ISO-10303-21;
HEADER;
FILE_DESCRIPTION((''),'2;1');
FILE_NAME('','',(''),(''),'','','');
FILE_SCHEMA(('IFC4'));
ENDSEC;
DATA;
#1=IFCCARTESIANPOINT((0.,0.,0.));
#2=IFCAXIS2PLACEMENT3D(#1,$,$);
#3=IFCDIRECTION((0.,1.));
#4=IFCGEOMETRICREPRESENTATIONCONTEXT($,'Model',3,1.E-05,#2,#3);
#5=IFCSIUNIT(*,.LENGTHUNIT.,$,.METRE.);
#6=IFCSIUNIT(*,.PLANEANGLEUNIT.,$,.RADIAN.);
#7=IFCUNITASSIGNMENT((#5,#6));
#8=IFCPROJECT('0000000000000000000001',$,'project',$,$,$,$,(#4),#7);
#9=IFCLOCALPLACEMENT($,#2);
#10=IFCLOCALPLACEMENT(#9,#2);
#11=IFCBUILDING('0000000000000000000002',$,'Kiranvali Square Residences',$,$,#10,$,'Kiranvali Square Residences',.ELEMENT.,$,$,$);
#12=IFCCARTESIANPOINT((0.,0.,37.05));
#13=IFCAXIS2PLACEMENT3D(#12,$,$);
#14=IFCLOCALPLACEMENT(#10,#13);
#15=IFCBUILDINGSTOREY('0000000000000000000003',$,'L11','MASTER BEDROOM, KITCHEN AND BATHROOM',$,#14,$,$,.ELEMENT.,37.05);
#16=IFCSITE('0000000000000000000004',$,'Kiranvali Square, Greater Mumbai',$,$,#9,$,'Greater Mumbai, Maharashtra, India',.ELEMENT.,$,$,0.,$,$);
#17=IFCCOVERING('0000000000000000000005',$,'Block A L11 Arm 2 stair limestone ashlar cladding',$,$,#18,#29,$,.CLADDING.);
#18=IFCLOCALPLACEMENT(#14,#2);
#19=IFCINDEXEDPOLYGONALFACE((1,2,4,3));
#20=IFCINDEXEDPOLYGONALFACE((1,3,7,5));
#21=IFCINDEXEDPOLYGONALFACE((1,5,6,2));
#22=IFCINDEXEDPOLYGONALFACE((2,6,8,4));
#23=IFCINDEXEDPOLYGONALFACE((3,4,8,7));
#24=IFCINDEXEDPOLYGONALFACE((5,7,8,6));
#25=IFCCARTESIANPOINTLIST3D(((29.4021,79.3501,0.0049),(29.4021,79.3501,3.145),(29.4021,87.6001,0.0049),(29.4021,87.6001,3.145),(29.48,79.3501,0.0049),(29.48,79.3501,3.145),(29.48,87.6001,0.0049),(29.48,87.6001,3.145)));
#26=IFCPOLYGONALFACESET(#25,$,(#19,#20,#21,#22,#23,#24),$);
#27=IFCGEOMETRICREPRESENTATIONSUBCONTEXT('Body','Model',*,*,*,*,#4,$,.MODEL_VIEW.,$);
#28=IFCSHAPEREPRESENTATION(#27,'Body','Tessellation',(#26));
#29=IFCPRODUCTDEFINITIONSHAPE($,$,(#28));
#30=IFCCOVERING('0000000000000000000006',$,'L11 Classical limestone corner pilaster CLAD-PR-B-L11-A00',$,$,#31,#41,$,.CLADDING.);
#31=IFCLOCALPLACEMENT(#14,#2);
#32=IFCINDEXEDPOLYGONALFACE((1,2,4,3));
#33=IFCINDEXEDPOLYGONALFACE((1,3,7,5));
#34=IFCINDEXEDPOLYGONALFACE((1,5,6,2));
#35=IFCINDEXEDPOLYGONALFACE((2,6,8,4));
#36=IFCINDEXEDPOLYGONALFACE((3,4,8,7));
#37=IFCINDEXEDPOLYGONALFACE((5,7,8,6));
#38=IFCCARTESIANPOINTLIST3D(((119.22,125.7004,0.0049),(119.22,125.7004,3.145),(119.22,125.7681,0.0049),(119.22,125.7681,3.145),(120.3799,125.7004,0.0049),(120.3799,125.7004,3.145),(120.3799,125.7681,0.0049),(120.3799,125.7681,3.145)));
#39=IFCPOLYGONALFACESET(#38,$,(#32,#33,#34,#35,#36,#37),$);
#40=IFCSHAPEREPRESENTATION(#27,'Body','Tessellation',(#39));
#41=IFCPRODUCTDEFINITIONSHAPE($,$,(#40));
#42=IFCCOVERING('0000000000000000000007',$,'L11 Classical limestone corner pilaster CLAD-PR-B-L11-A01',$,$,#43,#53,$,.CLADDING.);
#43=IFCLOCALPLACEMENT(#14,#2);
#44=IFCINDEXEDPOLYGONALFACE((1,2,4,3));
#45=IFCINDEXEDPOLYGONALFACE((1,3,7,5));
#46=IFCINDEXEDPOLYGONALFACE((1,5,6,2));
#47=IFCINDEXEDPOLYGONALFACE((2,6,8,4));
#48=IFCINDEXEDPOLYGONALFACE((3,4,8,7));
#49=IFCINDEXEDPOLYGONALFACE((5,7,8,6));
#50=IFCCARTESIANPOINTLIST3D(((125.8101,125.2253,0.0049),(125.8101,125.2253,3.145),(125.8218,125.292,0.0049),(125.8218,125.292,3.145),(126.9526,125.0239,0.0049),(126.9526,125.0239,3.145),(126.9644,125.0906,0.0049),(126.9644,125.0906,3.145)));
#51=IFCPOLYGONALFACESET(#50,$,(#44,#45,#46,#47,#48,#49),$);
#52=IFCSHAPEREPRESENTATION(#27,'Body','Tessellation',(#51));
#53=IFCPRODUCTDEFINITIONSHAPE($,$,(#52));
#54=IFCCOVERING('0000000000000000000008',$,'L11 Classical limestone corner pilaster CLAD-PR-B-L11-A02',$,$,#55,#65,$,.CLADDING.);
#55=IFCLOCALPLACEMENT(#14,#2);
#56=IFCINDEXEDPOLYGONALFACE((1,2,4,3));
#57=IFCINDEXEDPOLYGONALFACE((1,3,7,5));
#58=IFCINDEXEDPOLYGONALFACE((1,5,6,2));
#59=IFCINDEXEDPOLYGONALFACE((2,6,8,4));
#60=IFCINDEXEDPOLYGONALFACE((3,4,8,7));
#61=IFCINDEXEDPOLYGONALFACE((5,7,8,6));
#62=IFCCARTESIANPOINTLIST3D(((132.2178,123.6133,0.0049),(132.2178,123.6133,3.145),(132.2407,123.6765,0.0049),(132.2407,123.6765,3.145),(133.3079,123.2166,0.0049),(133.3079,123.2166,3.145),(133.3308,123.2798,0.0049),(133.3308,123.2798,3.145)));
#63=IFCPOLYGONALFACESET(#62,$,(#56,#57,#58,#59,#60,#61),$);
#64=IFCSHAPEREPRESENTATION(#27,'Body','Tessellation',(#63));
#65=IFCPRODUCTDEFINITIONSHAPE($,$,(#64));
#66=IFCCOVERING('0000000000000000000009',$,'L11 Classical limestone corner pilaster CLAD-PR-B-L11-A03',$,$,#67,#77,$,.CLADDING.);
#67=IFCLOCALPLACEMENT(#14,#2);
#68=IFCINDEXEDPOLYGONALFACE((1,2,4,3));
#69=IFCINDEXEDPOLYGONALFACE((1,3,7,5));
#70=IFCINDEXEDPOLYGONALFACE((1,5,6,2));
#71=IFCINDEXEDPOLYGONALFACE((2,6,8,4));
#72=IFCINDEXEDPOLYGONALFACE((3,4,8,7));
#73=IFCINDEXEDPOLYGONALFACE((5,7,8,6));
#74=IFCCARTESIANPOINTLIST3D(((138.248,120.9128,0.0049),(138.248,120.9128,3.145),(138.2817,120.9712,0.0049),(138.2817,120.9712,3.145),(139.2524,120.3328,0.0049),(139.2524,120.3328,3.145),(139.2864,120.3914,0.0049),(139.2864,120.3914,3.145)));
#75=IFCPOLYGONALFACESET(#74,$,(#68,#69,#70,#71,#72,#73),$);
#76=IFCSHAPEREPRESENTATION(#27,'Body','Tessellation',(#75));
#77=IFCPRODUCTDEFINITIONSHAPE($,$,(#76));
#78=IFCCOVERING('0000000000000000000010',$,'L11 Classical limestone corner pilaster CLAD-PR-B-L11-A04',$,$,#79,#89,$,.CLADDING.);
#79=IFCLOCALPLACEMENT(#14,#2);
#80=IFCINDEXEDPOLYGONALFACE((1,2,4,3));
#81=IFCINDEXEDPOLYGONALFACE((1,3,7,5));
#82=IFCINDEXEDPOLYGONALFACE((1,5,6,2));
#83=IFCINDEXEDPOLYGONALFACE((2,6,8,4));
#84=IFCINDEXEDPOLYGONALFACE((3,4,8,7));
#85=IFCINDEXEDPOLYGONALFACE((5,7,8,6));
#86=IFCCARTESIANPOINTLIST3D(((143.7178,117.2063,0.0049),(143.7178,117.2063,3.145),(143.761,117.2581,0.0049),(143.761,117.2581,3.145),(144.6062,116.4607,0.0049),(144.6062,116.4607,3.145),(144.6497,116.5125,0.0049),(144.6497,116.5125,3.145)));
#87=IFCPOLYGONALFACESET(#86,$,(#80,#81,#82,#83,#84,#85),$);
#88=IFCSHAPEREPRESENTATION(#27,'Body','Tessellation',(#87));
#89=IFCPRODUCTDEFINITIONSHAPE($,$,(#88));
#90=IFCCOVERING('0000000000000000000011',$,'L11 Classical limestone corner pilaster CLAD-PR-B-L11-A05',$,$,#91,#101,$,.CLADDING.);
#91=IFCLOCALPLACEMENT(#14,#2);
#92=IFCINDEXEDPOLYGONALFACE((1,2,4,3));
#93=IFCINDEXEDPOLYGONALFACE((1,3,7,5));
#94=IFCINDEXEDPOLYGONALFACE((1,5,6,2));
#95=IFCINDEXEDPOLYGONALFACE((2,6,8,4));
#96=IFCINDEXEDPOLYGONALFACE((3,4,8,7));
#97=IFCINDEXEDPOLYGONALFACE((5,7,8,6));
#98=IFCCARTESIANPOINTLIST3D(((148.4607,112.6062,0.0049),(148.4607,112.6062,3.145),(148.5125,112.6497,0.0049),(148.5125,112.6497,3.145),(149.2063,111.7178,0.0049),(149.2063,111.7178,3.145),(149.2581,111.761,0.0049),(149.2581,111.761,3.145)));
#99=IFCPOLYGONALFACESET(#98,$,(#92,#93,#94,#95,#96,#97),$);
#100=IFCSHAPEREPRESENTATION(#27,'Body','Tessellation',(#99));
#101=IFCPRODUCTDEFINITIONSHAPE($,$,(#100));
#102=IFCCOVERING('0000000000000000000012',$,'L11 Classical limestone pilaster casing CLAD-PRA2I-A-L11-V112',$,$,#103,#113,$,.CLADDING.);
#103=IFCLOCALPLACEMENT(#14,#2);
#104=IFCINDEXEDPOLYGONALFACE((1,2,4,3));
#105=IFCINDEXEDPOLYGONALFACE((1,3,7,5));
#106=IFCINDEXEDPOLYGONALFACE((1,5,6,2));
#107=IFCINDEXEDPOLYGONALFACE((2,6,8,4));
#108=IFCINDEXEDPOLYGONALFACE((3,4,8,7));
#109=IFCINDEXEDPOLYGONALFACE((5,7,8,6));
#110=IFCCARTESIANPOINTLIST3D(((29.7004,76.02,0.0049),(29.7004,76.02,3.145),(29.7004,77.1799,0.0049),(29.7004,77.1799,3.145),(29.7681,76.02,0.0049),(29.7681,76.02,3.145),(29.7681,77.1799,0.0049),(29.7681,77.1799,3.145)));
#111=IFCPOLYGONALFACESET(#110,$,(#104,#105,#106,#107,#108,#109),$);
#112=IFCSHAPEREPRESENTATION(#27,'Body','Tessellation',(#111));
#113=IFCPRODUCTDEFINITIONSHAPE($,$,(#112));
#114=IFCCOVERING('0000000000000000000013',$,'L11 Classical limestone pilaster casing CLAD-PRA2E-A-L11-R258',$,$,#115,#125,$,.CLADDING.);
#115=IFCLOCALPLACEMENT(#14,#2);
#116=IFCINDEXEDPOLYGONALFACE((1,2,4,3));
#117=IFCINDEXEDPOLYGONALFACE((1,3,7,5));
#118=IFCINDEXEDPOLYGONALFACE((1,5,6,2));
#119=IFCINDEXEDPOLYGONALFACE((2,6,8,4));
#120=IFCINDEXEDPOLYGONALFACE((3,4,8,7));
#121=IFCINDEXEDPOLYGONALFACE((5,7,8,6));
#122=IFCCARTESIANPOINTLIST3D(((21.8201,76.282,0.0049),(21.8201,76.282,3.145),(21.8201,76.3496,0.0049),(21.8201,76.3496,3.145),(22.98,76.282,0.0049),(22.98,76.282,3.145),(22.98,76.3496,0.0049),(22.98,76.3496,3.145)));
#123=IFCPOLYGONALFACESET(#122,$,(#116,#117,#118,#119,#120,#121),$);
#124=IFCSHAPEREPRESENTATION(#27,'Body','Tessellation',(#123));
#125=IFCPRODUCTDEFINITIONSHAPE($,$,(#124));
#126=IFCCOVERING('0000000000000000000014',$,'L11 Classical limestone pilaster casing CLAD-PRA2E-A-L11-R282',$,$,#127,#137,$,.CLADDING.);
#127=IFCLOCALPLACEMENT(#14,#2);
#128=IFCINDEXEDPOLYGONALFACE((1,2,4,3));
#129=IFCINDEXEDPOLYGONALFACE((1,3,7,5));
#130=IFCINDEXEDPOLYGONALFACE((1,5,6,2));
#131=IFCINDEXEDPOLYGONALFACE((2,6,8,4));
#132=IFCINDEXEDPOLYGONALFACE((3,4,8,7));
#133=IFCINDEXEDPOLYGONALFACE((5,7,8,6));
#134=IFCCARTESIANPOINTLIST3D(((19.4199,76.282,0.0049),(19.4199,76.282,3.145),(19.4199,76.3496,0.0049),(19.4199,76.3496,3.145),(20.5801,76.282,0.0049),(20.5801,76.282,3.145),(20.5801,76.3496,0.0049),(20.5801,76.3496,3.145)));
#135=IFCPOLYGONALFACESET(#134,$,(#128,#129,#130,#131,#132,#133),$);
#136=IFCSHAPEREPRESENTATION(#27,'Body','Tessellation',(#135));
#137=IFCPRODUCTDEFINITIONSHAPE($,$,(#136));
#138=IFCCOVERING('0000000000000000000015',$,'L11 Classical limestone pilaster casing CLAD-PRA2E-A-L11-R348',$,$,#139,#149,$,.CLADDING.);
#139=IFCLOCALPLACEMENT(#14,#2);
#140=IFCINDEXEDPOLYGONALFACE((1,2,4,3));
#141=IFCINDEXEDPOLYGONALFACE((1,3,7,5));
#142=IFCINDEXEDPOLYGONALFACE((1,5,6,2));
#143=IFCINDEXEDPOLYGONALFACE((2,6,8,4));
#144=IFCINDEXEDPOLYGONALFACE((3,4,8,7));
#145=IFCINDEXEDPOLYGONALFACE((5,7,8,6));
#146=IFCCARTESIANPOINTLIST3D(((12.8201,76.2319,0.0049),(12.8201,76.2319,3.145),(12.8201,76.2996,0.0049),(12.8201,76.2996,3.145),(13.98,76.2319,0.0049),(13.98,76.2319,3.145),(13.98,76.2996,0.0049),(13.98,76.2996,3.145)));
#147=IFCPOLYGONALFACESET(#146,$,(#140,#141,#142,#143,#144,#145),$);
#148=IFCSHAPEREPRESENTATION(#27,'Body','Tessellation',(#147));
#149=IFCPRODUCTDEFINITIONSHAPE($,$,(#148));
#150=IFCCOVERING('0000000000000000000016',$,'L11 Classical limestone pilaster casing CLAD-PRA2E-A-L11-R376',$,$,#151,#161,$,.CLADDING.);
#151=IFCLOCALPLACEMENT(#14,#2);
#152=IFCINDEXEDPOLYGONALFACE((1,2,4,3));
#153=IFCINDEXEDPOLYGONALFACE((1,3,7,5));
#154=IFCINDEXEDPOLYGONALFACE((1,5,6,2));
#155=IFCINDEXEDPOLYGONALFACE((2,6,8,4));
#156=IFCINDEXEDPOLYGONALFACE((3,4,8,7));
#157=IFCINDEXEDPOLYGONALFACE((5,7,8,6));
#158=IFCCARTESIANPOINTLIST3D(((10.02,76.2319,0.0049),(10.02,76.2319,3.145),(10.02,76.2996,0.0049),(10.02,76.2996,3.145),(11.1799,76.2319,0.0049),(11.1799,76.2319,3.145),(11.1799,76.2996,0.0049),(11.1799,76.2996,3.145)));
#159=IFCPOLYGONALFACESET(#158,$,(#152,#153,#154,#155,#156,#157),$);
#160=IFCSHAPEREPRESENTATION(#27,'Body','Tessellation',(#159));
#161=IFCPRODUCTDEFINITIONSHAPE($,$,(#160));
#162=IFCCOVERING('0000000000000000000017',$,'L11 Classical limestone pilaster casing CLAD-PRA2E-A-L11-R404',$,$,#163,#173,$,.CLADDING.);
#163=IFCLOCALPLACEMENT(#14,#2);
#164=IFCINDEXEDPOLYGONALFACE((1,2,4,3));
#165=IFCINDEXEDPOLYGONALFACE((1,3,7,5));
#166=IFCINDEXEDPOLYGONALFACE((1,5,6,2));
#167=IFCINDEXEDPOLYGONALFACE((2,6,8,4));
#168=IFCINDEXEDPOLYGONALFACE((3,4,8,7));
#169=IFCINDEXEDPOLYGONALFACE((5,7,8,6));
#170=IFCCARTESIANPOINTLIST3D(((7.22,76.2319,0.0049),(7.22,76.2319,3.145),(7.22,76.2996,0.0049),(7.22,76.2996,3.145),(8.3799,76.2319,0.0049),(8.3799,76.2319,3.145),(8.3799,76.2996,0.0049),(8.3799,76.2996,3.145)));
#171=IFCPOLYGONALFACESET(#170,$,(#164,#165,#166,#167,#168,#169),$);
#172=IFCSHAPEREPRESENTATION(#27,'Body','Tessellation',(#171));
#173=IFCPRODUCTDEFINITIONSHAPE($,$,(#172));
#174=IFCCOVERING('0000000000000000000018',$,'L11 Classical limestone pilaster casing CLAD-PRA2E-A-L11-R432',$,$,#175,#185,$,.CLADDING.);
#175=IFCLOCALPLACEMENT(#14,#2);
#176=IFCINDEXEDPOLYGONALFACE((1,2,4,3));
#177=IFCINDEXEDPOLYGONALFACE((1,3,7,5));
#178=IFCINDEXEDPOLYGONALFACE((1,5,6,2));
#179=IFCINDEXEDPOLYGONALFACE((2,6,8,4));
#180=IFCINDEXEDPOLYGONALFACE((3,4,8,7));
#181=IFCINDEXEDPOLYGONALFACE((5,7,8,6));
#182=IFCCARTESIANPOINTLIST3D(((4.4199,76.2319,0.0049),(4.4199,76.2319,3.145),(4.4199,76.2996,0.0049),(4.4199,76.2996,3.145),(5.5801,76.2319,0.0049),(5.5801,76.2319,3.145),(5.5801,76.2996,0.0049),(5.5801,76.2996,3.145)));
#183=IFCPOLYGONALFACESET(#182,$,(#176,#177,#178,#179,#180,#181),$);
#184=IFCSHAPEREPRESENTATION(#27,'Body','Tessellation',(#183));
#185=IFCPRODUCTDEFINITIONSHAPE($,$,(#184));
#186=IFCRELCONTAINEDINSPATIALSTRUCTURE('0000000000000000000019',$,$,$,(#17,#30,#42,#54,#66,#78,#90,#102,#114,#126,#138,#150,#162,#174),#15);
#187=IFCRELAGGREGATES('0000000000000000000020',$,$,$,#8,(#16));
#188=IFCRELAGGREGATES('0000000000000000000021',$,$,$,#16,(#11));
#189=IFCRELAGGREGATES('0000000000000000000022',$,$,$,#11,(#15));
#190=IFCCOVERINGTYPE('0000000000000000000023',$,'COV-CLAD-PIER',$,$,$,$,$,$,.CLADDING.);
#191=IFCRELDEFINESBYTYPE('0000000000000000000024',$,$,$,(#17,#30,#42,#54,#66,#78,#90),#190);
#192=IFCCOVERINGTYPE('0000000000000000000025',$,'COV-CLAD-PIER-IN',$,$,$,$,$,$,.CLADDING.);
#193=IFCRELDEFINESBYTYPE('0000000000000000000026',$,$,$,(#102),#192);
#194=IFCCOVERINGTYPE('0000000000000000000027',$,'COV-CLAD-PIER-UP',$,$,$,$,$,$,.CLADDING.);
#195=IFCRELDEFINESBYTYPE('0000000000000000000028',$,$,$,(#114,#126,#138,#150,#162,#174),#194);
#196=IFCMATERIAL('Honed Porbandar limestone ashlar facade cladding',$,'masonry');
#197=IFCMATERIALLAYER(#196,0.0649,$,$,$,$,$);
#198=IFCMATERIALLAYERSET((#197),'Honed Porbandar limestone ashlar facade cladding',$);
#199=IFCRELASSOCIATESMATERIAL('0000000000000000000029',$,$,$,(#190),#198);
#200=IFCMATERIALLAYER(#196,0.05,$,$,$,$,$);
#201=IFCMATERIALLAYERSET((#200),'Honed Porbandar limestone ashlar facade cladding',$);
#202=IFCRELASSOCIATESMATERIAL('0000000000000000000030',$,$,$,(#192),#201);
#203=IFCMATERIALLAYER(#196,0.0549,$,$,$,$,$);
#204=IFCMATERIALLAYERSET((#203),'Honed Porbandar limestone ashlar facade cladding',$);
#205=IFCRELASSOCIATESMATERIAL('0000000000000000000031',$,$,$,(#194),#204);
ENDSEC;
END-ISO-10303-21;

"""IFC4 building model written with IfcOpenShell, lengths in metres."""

from ifc_helpers import new_model, si_unit, direction, frame, origin, place, context, subcontext, project, spatial, polyline, outline, extrude, material, layer, layer_set, type_object, element, save


model = new_model("IFC4")

# Units and contexts
model_context = context("Model", 3, precision=1e-05, world=origin(), true_north=direction((0.0, 1.0)))
body_context = subcontext(model_context, "Body", "Model", "MODEL_VIEW")
ifc_project = project(units=[si_unit("LENGTHUNIT", "METRE"), si_unit("PLANEANGLEUNIT", "RADIAN")], contexts=[model_context])

# Site, building, storey
site_placement = place(None, origin())
site = spatial("IfcSite", under=ifc_project, at=site_placement, Name="Kiranvali Square, Greater Mumbai", LongName="Greater Mumbai, Maharashtra, India", CompositionType="ELEMENT", RefElevation=0.0)
building_placement = place(site_placement, origin())
building = spatial("IfcBuilding", under=site, at=building_placement, Name="Kiranvali Square Residences", LongName="Kiranvali Square Residences", CompositionType="ELEMENT")
storey_placement = place(building_placement, frame((0.0, 0.0, 37.05)))
storey = spatial("IfcBuildingStorey", under=building, at=storey_placement, Name="L11", Description="MASTER BEDROOM, KITCHEN AND BATHROOM", CompositionType="ELEMENT", Elevation=37.05)

# Coverings
ifc_material = material(Name="Honed Porbandar limestone ashlar facade cladding", Category="masonry")
ifc_layer_1 = layer(ifc_material, 0.0649)
ifc_layer_set_1 = layer_set([ifc_layer_1], Name="Honed Porbandar limestone ashlar facade cladding")
covering_type_1 = type_object("IfcCoveringType", Name="COV-CLAD-PIER", PredefinedType="CLADDING", material=ifc_layer_set_1)
covering_1_placement = place(storey_placement, frame((0.0, 0.0, 0.0049)))
element("IfcCovering", 1, at=covering_1_placement, inside=storey, type_object=covering_type_1, Name="Block A L11 Arm 2 stair limestone ashlar cladding", PredefinedType="CLADDING", context=body_context, shape_type="SweptSolid", body=[
    extrude(outline(polyline([(29.4021, 87.6001), (29.4021, 79.3501), (29.48, 79.3501), (29.48, 87.6001), (29.4021, 87.6001)])), origin(), (0.0, 0.0, 1.0), 3.1401),
])
covering_2_placement = place(storey_placement, frame((0.0, 0.0, 0.0049)))
element("IfcCovering", 2, at=covering_2_placement, inside=storey, type_object=covering_type_1, Name="L11 Classical limestone corner pilaster CLAD-PR-B-L11-A00", PredefinedType="CLADDING", context=body_context, shape_type="SweptSolid", body=[
    extrude(outline(polyline([(120.3799, 125.7681), (119.22, 125.7681), (119.22, 125.7004), (120.3799, 125.7004), (120.3799, 125.7681)])), origin(), (0.0, 0.0, 1.0), 3.1401),
])
covering_3_placement = place(storey_placement, frame((0.0, 0.0, 0.0049)))
element("IfcCovering", 3, at=covering_3_placement, inside=storey, type_object=covering_type_1, Name="L11 Classical limestone corner pilaster CLAD-PR-B-L11-A01", PredefinedType="CLADDING", context=body_context, shape_type="SweptSolid", body=[
    extrude(outline(polyline([(126.9644, 125.0906), (125.8218, 125.292), (125.8101, 125.2253), (126.9526, 125.0239), (126.9644, 125.0906)])), origin(), (0.0, 0.0, 1.0), 3.1401),
])
covering_4_placement = place(storey_placement, frame((0.0, 0.0, 0.0049)))
element("IfcCovering", 4, at=covering_4_placement, inside=storey, type_object=covering_type_1, Name="L11 Classical limestone corner pilaster CLAD-PR-B-L11-A02", PredefinedType="CLADDING", context=body_context, shape_type="SweptSolid", body=[
    extrude(outline(polyline([(133.3308, 123.2798), (132.2407, 123.6765), (132.2178, 123.6133), (133.3079, 123.2166), (133.3308, 123.2798)])), origin(), (0.0, 0.0, 1.0), 3.1401),
])
covering_5_placement = place(storey_placement, frame((0.0, 0.0, 0.0049)))
element("IfcCovering", 5, at=covering_5_placement, inside=storey, type_object=covering_type_1, Name="L11 Classical limestone corner pilaster CLAD-PR-B-L11-A03", PredefinedType="CLADDING", context=body_context, shape_type="SweptSolid", body=[
    extrude(outline(polyline([(139.2864, 120.3914), (138.2817, 120.9712), (138.248, 120.9128), (139.2524, 120.3328), (139.2864, 120.3914)])), origin(), (0.0, 0.0, 1.0), 3.1401),
])
covering_6_placement = place(storey_placement, frame((0.0, 0.0, 0.0049)))
element("IfcCovering", 6, at=covering_6_placement, inside=storey, type_object=covering_type_1, Name="L11 Classical limestone corner pilaster CLAD-PR-B-L11-A04", PredefinedType="CLADDING", context=body_context, shape_type="SweptSolid", body=[
    extrude(outline(polyline([(144.6497, 116.5125), (143.761, 117.2581), (143.7178, 117.2063), (144.6062, 116.4607), (144.6497, 116.5125)])), origin(), (0.0, 0.0, 1.0), 3.1401),
])
covering_7_placement = place(storey_placement, frame((0.0, 0.0, 0.0049)))
element("IfcCovering", 7, at=covering_7_placement, inside=storey, type_object=covering_type_1, Name="L11 Classical limestone corner pilaster CLAD-PR-B-L11-A05", PredefinedType="CLADDING", context=body_context, shape_type="SweptSolid", body=[
    extrude(outline(polyline([(149.2581, 111.761), (148.5125, 112.6497), (148.4607, 112.6062), (149.2063, 111.7178), (149.2581, 111.761)])), origin(), (0.0, 0.0, 1.0), 3.1401),
])
ifc_layer_2 = layer(ifc_material, 0.05)
ifc_layer_set_2 = layer_set([ifc_layer_2], Name="Honed Porbandar limestone ashlar facade cladding")
covering_type_2 = type_object("IfcCoveringType", Name="COV-CLAD-PIER-IN", PredefinedType="CLADDING", material=ifc_layer_set_2)
covering_8_placement = place(storey_placement, frame((0.0, 0.0, 0.0049)))
element("IfcCovering", 8, at=covering_8_placement, inside=storey, type_object=covering_type_2, Name="L11 Classical limestone pilaster casing CLAD-PRA2I-A-L11-V112", PredefinedType="CLADDING", context=body_context, shape_type="SweptSolid", body=[
    extrude(outline(polyline([(29.7004, 77.1799), (29.7004, 76.02), (29.7681, 76.02), (29.7681, 77.1799), (29.7004, 77.1799)])), origin(), (0.0, 0.0, 1.0), 3.1401),
])
ifc_layer_3 = layer(ifc_material, 0.0549)
ifc_layer_set_3 = layer_set([ifc_layer_3], Name="Honed Porbandar limestone ashlar facade cladding")
covering_type_3 = type_object("IfcCoveringType", Name="COV-CLAD-PIER-UP", PredefinedType="CLADDING", material=ifc_layer_set_3)
covering_9_placement = place(storey_placement, frame((0.0, 0.0, 0.0049)))
element("IfcCovering", 9, at=covering_9_placement, inside=storey, type_object=covering_type_3, Name="L11 Classical limestone pilaster casing CLAD-PRA2E-A-L11-R258", PredefinedType="CLADDING", context=body_context, shape_type="SweptSolid", body=[
    extrude(outline(polyline([(22.98, 76.3496), (21.8201, 76.3496), (21.8201, 76.282), (22.98, 76.282), (22.98, 76.3496)])), origin(), (0.0, 0.0, 1.0), 3.1401),
])
covering_10_placement = place(storey_placement, frame((0.0, 0.0, 0.0049)))
element("IfcCovering", 10, at=covering_10_placement, inside=storey, type_object=covering_type_3, Name="L11 Classical limestone pilaster casing CLAD-PRA2E-A-L11-R282", PredefinedType="CLADDING", context=body_context, shape_type="SweptSolid", body=[
    extrude(outline(polyline([(20.5801, 76.3496), (19.4199, 76.3496), (19.4199, 76.282), (20.5801, 76.282), (20.5801, 76.3496)])), origin(), (0.0, 0.0, 1.0), 3.1401),
])
covering_11_placement = place(storey_placement, frame((0.0, 0.0, 0.0049)))
element("IfcCovering", 11, at=covering_11_placement, inside=storey, type_object=covering_type_3, Name="L11 Classical limestone pilaster casing CLAD-PRA2E-A-L11-R348", PredefinedType="CLADDING", context=body_context, shape_type="SweptSolid", body=[
    extrude(outline(polyline([(13.98, 76.2996), (12.8201, 76.2996), (12.8201, 76.2319), (13.98, 76.2319), (13.98, 76.2996)])), origin(), (0.0, 0.0, 1.0), 3.1401),
])
covering_12_placement = place(storey_placement, frame((0.0, 0.0, 0.0049)))
element("IfcCovering", 12, at=covering_12_placement, inside=storey, type_object=covering_type_3, Name="L11 Classical limestone pilaster casing CLAD-PRA2E-A-L11-R376", PredefinedType="CLADDING", context=body_context, shape_type="SweptSolid", body=[
    extrude(outline(polyline([(11.1799, 76.2996), (10.02, 76.2996), (10.02, 76.2319), (11.1799, 76.2319), (11.1799, 76.2996)])), origin(), (0.0, 0.0, 1.0), 3.1401),
])
covering_13_placement = place(storey_placement, frame((0.0, 0.0, 0.0049)))
element("IfcCovering", 13, at=covering_13_placement, inside=storey, type_object=covering_type_3, Name="L11 Classical limestone pilaster casing CLAD-PRA2E-A-L11-R404", PredefinedType="CLADDING", context=body_context, shape_type="SweptSolid", body=[
    extrude(outline(polyline([(8.3799, 76.2996), (7.22, 76.2996), (7.22, 76.2319), (8.3799, 76.2319), (8.3799, 76.2996)])), origin(), (0.0, 0.0, 1.0), 3.1401),
])
covering_14_placement = place(storey_placement, frame((0.0, 0.0, 0.0049)))
element("IfcCovering", 14, at=covering_14_placement, inside=storey, type_object=covering_type_3, Name="L11 Classical limestone pilaster casing CLAD-PRA2E-A-L11-R432", PredefinedType="CLADDING", context=body_context, shape_type="SweptSolid", body=[
    extrude(outline(polyline([(5.5801, 76.2996), (4.4199, 76.2996), (4.4199, 76.2319), (5.5801, 76.2319), (5.5801, 76.2996)])), origin(), (0.0, 0.0, 1.0), 3.1401),
])

save(model, "model.ifc")
